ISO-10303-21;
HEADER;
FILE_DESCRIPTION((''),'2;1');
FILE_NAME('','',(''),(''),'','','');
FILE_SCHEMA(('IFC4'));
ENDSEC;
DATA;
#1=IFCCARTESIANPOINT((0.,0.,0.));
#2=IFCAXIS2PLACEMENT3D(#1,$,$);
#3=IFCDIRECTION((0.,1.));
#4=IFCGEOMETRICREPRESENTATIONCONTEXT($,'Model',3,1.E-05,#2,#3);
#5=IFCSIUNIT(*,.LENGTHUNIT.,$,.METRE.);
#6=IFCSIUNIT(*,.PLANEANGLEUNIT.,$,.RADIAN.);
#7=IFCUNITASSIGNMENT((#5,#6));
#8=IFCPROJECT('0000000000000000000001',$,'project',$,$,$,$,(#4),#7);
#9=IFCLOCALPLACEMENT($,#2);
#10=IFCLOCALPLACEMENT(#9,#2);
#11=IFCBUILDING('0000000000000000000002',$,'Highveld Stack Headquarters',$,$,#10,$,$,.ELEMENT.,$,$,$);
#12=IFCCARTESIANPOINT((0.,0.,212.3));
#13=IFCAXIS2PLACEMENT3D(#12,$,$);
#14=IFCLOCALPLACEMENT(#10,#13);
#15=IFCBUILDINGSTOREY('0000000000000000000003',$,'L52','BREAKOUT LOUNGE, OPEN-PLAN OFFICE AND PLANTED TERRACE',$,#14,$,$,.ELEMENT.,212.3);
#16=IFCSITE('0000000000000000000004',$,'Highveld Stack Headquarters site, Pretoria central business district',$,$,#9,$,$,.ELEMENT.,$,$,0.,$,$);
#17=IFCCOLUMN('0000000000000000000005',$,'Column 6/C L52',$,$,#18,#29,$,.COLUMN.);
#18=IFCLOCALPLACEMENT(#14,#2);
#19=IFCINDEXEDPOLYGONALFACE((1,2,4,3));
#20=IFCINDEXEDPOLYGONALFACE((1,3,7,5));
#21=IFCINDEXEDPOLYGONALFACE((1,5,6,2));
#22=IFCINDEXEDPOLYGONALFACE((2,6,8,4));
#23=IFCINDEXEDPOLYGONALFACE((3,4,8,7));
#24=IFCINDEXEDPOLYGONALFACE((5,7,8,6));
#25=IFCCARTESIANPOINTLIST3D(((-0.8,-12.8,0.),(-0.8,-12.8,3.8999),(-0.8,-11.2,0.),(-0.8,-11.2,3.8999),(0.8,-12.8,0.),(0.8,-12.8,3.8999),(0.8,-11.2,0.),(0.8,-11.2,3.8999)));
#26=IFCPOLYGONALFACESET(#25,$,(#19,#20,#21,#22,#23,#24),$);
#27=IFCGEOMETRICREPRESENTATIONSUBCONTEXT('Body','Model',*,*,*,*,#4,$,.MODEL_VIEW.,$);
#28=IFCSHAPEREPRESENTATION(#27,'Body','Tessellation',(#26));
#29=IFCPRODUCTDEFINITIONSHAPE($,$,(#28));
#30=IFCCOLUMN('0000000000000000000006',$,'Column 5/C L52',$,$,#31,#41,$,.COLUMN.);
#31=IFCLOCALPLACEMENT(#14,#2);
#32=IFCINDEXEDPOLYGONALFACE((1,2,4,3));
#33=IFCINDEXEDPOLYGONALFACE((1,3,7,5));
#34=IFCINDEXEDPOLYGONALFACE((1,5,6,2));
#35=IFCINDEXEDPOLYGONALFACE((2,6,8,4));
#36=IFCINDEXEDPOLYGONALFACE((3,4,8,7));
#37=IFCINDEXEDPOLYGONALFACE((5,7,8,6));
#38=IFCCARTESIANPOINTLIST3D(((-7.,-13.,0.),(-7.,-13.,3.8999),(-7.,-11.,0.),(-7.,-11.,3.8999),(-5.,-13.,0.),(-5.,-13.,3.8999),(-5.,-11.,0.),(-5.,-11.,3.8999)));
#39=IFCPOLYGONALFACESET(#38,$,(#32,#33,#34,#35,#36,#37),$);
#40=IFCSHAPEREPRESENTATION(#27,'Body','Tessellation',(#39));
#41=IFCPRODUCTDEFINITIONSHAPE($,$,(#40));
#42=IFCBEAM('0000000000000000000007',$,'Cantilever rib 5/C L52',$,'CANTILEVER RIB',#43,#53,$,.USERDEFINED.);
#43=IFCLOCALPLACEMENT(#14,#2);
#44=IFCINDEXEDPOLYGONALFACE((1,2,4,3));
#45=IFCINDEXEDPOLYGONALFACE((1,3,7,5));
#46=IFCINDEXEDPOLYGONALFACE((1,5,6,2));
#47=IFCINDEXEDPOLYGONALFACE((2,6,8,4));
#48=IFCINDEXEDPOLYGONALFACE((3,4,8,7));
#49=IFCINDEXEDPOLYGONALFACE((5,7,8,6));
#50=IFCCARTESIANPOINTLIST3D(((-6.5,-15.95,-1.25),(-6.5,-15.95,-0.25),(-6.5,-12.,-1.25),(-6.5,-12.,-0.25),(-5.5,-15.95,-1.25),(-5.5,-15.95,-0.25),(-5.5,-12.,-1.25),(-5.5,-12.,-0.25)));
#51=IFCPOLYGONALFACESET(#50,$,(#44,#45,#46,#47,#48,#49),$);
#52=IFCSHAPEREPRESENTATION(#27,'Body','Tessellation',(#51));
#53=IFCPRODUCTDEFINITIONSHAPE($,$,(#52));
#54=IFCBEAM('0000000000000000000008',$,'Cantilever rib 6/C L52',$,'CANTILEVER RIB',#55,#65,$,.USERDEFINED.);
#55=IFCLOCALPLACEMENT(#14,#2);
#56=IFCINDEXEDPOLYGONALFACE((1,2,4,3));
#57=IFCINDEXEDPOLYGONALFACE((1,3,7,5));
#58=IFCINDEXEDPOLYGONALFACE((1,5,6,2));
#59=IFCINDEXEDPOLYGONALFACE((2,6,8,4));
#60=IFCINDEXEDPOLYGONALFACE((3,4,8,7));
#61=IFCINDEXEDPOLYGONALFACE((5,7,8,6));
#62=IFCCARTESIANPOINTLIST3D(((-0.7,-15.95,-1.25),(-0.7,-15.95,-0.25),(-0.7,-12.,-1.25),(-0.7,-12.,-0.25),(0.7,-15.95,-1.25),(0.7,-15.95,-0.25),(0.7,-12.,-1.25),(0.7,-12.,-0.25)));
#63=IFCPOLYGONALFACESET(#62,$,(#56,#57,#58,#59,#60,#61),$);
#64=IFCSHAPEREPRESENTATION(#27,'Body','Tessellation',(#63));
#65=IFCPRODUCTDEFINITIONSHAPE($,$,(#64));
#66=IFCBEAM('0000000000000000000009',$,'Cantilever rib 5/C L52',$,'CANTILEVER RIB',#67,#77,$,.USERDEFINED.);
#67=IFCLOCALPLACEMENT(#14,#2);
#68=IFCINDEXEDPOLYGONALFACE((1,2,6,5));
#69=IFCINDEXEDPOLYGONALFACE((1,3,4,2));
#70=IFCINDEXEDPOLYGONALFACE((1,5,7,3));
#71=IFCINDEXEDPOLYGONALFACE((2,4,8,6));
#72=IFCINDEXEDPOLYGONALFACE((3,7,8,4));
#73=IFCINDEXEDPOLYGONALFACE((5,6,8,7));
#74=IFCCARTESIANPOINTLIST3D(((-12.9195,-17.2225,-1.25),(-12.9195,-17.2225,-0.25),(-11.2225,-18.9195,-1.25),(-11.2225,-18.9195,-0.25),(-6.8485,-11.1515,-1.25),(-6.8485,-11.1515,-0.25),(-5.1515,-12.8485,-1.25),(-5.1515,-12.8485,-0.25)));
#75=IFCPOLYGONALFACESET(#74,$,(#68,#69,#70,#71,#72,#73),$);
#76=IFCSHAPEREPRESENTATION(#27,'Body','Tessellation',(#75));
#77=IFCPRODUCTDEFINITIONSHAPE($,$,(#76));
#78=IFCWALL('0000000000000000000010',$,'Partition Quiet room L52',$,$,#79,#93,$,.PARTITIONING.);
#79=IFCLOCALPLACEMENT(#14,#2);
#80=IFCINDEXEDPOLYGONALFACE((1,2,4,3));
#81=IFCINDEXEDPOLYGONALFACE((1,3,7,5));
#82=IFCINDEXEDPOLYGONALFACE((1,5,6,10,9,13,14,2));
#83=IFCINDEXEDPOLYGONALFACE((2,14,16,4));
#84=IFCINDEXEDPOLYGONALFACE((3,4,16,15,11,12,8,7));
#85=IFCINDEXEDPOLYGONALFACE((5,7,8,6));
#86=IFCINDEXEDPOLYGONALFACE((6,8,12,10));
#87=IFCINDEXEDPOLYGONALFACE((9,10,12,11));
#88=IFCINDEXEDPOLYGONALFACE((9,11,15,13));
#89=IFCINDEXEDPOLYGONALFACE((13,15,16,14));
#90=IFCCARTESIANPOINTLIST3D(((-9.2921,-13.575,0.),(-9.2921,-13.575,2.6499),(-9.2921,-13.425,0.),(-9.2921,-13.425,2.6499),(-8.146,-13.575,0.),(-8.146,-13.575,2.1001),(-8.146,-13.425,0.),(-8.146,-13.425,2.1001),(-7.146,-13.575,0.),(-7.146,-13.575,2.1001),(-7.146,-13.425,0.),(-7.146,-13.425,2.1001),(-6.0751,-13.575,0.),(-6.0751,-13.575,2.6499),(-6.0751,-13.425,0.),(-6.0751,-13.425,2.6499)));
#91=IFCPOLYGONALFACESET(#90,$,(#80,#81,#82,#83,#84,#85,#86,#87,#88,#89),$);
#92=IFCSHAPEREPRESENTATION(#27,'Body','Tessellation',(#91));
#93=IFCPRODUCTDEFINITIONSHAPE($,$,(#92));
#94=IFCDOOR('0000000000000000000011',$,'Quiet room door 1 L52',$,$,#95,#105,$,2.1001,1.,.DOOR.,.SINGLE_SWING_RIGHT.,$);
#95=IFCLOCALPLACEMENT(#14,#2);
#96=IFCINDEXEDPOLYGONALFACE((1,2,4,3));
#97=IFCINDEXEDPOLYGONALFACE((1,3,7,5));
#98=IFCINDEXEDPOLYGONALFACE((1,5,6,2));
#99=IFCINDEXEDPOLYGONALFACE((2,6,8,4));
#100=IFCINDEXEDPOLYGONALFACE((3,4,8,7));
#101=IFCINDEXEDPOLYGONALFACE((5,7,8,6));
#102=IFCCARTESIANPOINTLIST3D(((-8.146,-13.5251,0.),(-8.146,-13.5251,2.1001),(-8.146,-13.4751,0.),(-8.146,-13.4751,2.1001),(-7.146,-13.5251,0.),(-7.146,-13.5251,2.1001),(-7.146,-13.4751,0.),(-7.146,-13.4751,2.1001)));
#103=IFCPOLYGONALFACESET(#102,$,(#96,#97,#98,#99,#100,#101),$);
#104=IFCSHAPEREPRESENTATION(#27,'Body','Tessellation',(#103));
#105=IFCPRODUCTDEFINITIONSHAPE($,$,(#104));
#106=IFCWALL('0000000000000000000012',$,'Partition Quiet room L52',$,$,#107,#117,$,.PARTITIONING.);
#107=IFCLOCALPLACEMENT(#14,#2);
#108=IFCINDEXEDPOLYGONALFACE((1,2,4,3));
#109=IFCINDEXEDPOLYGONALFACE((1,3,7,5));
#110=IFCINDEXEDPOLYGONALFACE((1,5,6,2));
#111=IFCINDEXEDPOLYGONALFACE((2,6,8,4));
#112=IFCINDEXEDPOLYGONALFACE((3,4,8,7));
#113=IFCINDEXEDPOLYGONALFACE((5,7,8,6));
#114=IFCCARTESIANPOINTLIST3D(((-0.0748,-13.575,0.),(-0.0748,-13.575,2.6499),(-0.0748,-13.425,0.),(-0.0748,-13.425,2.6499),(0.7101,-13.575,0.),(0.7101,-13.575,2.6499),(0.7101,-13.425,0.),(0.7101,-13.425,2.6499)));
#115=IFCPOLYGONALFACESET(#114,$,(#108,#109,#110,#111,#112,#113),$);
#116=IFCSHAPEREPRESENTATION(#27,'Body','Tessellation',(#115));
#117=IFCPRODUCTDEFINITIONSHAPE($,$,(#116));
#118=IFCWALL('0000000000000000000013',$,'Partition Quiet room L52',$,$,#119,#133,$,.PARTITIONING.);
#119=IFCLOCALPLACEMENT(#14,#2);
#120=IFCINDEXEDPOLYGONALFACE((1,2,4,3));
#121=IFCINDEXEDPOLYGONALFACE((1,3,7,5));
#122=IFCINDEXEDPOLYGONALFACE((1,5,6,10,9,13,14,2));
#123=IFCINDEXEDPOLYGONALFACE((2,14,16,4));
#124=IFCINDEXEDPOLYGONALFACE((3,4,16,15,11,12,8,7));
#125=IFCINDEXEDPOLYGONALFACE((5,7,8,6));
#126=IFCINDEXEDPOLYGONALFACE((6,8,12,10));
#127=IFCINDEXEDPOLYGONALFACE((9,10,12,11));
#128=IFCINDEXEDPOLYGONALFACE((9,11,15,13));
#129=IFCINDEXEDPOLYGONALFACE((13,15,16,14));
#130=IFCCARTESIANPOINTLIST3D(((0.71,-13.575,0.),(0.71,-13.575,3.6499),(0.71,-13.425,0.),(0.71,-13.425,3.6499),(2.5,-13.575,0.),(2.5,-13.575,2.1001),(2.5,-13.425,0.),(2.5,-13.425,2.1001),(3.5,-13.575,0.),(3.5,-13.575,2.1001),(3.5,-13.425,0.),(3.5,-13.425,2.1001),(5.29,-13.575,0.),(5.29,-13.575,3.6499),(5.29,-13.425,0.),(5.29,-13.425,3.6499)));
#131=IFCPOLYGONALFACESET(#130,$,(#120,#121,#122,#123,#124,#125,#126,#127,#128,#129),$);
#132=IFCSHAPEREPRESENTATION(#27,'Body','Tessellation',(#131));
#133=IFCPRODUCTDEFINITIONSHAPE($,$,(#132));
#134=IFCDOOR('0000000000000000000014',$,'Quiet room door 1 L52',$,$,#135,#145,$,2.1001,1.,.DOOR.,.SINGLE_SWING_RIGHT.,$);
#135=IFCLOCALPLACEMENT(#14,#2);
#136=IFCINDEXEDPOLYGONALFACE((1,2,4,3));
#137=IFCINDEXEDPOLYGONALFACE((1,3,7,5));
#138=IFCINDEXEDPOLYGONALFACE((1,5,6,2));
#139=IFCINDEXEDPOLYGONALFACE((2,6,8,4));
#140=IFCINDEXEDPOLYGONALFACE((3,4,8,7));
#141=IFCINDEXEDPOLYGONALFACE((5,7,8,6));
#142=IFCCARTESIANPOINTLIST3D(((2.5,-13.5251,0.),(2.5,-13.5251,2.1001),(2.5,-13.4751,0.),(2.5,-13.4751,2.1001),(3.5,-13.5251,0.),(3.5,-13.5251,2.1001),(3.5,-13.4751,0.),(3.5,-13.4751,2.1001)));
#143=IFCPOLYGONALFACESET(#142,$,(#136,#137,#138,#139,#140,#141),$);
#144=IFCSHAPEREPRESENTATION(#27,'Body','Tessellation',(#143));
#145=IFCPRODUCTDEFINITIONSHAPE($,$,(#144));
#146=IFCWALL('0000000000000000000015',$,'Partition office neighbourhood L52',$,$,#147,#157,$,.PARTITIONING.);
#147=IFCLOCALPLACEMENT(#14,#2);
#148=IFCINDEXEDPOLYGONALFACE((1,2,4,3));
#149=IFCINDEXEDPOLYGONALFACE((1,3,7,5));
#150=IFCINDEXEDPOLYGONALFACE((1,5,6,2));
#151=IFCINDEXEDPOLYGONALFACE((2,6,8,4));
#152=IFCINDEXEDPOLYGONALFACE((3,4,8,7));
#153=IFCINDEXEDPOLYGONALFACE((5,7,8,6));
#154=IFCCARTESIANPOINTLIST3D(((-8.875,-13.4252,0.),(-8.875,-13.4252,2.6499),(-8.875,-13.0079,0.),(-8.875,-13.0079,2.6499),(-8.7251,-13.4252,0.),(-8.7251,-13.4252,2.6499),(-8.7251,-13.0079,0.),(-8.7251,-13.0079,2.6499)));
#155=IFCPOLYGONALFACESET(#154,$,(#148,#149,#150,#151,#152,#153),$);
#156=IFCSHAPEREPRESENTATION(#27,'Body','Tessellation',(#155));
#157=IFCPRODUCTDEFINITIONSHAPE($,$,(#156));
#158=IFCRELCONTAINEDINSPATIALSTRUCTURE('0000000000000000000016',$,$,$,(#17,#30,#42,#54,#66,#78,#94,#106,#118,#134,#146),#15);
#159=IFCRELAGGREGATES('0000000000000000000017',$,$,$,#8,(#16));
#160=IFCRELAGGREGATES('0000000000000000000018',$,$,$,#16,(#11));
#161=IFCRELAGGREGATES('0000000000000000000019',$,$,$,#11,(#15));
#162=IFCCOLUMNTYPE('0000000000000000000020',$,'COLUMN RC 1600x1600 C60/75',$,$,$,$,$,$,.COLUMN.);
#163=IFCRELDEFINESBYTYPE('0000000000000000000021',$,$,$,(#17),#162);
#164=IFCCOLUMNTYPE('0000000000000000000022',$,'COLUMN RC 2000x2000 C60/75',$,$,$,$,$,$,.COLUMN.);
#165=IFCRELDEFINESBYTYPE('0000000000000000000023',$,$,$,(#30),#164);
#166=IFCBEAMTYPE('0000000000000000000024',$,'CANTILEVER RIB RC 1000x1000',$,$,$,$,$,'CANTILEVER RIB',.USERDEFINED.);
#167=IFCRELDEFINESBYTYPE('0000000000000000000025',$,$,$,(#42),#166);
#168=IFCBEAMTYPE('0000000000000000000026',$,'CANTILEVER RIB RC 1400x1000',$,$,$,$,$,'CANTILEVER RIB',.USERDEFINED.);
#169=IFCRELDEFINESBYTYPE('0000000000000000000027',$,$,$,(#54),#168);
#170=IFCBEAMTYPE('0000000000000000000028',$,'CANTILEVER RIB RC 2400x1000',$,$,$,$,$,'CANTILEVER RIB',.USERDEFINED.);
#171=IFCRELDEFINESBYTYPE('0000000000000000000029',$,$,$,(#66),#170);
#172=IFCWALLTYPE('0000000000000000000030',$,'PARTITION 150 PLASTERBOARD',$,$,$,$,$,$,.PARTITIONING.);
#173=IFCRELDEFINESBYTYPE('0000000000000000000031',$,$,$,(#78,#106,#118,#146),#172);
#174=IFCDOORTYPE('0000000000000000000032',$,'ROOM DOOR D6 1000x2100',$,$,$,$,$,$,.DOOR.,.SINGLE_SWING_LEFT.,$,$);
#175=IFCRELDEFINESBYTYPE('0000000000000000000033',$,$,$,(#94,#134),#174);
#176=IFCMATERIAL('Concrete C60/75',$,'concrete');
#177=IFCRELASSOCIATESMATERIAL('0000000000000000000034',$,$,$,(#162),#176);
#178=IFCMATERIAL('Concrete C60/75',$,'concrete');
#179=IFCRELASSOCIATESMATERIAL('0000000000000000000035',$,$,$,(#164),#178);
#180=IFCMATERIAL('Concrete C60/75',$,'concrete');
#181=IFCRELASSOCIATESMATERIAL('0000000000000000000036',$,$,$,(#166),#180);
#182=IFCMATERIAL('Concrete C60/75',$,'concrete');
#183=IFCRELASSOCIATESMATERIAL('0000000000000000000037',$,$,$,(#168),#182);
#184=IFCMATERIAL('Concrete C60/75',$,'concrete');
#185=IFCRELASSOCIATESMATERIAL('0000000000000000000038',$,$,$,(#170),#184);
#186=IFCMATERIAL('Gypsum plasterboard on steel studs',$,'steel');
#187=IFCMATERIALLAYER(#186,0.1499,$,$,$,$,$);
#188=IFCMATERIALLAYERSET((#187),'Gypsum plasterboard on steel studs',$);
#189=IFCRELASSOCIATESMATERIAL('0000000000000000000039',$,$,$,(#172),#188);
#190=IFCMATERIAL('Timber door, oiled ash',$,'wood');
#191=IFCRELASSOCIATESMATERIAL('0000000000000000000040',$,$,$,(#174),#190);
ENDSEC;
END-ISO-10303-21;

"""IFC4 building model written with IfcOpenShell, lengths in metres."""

from ifc_helpers import new_model, si_unit, direction, frame, frame_2d, origin, origin_2d, place, context, subcontext, project, spatial, rectangle, extrude, material, layer, layer_set, material_profile, profile_set, type_object, element, fill, save


model = new_model("IFC4")

# Units and contexts
model_context = context("Model", 3, precision=1e-05, world=origin(), true_north=direction((0.0, 1.0)))
body_context = subcontext(model_context, "Body", "Model", "MODEL_VIEW")
ifc_project = project(units=[si_unit("LENGTHUNIT", "METRE"), si_unit("PLANEANGLEUNIT", "RADIAN")], contexts=[model_context])

# Site, building, storey
site_placement = place(None, origin())
site = spatial("IfcSite", under=ifc_project, at=site_placement, Name="Highveld Stack Headquarters site, Pretoria central business district", CompositionType="ELEMENT", RefElevation=0.0)
building_placement = place(site_placement, origin())
building = spatial("IfcBuilding", under=site, at=building_placement, Name="Highveld Stack Headquarters", CompositionType="ELEMENT")
storey_placement = place(building_placement, frame((0.0, 0.0, 212.3)))
storey = spatial("IfcBuildingStorey", under=building, at=storey_placement, Name="L52", Description="BREAKOUT LOUNGE, OPEN-PLAN OFFICE AND PLANTED TERRACE", CompositionType="ELEMENT", Elevation=212.3)

# Columns
ifc_material_1 = material(Name="Concrete C60/75", Category="concrete")
ifc_material_profile_1 = material_profile(ifc_material_1, rectangle(XDim=1.6001, YDim=1.6001, at=origin_2d()), Name="RC 1600x1600")
ifc_profile_set_1 = profile_set([ifc_material_profile_1], Name="Concrete C60/75")
column_type_1 = type_object("IfcColumnType", Name="COLUMN RC 1600x1600 C60/75", PredefinedType="COLUMN", material=ifc_profile_set_1)
column_1_placement = place(storey_placement, frame((0.0, -12.0, 0.0), z_axis=(0.0, 0.0, 1.0), x_axis=(1.0, 0.0, 0.0)))
element("IfcColumn", 1, at=column_1_placement, inside=storey, type_object=column_type_1, Name="Column 6/C L52", PredefinedType="COLUMN", context=body_context, shape_type="SweptSolid", body=[
    extrude(rectangle(XDim=1.6001, YDim=1.6001, at=origin_2d()), origin(), (0.0, 0.0, 1.0), 3.8999),
])
ifc_material_2 = material(Name="Concrete C60/75", Category="concrete")
ifc_material_profile_2 = material_profile(ifc_material_2, rectangle(XDim=2.0, YDim=2.0, at=origin_2d()), Name="RC 2000x2000")
ifc_profile_set_2 = profile_set([ifc_material_profile_2], Name="Concrete C60/75")
column_type_2 = type_object("IfcColumnType", Name="COLUMN RC 2000x2000 C60/75", PredefinedType="COLUMN", material=ifc_profile_set_2)
column_2_placement = place(storey_placement, frame((-6.0, -12.0, 0.0), z_axis=(0.0, 0.0, 1.0), x_axis=(1.0, 0.0, 0.0)))
element("IfcColumn", 2, at=column_2_placement, inside=storey, type_object=column_type_2, Name="Column 5/C L52", PredefinedType="COLUMN", context=body_context, shape_type="SweptSolid", body=[
    extrude(rectangle(XDim=2.0, YDim=2.0, at=origin_2d()), origin(), (0.0, 0.0, 1.0), 3.8999),
])

# Beams
ifc_material_3 = material(Name="Concrete C60/75", Category="concrete")
ifc_material_profile_3 = material_profile(ifc_material_3, rectangle(XDim=1.0, YDim=1.0, at=origin_2d()), Name="RC 1000x1000")
ifc_profile_set_3 = profile_set([ifc_material_profile_3], Name="Concrete C60/75")
beam_type_1 = type_object("IfcBeamType", Name="CANTILEVER RIB RC 1000x1000", ElementType="CANTILEVER RIB", PredefinedType="USERDEFINED", material=ifc_profile_set_3)
beam_1_placement = place(storey_placement, frame((-6.0, -12.0, -0.75), z_axis=(0.0, -1.0, 0.0), x_axis=(1.0, 0.0, 0.0)))
element("IfcBeam", 3, at=beam_1_placement, inside=storey, type_object=beam_type_1, Name="Cantilever rib 5/C L52", ObjectType="CANTILEVER RIB", PredefinedType="USERDEFINED", context=body_context, shape_type="SweptSolid", body=[
    extrude(rectangle(XDim=1.0, YDim=1.0, at=origin_2d()), origin(), (0.0, 0.0, 1.0), 3.95),
])
ifc_material_4 = material(Name="Concrete C60/75", Category="concrete")
ifc_material_profile_4 = material_profile(ifc_material_4, rectangle(XDim=1.3999, YDim=1.0, at=origin_2d()), Name="RC 1400x1000")
ifc_profile_set_4 = profile_set([ifc_material_profile_4], Name="Concrete C60/75")
beam_type_2 = type_object("IfcBeamType", Name="CANTILEVER RIB RC 1400x1000", ElementType="CANTILEVER RIB", PredefinedType="USERDEFINED", material=ifc_profile_set_4)
beam_2_placement = place(storey_placement, frame((0.0, -12.0, -0.75), z_axis=(0.0, -1.0, 0.0), x_axis=(1.0, 0.0, 0.0)))
element("IfcBeam", 4, at=beam_2_placement, inside=storey, type_object=beam_type_2, Name="Cantilever rib 6/C L52", ObjectType="CANTILEVER RIB", PredefinedType="USERDEFINED", context=body_context, shape_type="SweptSolid", body=[
    extrude(rectangle(XDim=1.3999, YDim=1.0, at=origin_2d()), origin(), (0.0, 0.0, 1.0), 3.95),
])
ifc_material_5 = material(Name="Concrete C60/75", Category="concrete")
ifc_material_profile_5 = material_profile(ifc_material_5, rectangle(XDim=2.3999, YDim=1.0, at=origin_2d()), Name="RC 2400x1000")
ifc_profile_set_5 = profile_set([ifc_material_profile_5], Name="Concrete C60/75")
beam_type_3 = type_object("IfcBeamType", Name="CANTILEVER RIB RC 2400x1000", ElementType="CANTILEVER RIB", PredefinedType="USERDEFINED", material=ifc_profile_set_5)
beam_3_placement = place(storey_placement, frame((-6.0, -12.0, -0.75), z_axis=(-0.707107, -0.707107, 0.0), x_axis=(0.707107, -0.707107, 0.0)))
element("IfcBeam", 5, at=beam_3_placement, inside=storey, type_object=beam_type_3, Name="Cantilever rib 5/C L52", ObjectType="CANTILEVER RIB", PredefinedType="USERDEFINED", context=body_context, shape_type="SweptSolid", body=[
    extrude(rectangle(XDim=2.3999, YDim=1.0, at=origin_2d()), origin(), (0.0, 0.0, 1.0), 8.5857),
])

# Wall, opening, door
ifc_material_6 = material(Name="Gypsum plasterboard on steel studs", Category="steel")
ifc_layer = layer(ifc_material_6, 0.1499)
ifc_layer_set = layer_set([ifc_layer], Name="Gypsum plasterboard on steel studs")
wall_type = type_object("IfcWallType", Name="PARTITION 150 PLASTERBOARD", PredefinedType="PARTITIONING", material=ifc_layer_set)
wall_1_placement = place(storey_placement, frame((-9.292, -13.5, 0.0), z_axis=(0.0, 0.0, 1.0), x_axis=(1.0, 0.0, 0.0)))
wall_1 = element("IfcWall", 6, at=wall_1_placement, inside=storey, type_object=wall_type, Name="Partition Quiet room L52", PredefinedType="PARTITIONING", context=body_context, shape_type="SweptSolid", body=[
    extrude(rectangle(XDim=3.217, YDim=0.1499, at=frame_2d((1.6084, 0.0))), origin(), (0.0, 0.0, 1.0), 2.6499),
])
opening_1_placement = place(wall_1_placement, frame((1.146, 0.0, 0.0)))
opening_1 = element("IfcOpeningElement", 7, at=opening_1_placement, cuts=wall_1, PredefinedType="OPENING", context=body_context, shape_type="SweptSolid", body=[
    extrude(rectangle(XDim=1.0, YDim=2.1001, at=frame_2d((0.5, 1.05))), frame((0.0, 0.085, 0.0), z_axis=(0.0, -1.0, 0.0), x_axis=(1.0, 0.0, 0.0)), (0.0, 0.0, 1.0), 0.1699),
])
ifc_material_7 = material(Name="Timber door, oiled ash", Category="wood")
door_type = type_object("IfcDoorType", Name="ROOM DOOR D6 1000x2100", OperationType="SINGLE_SWING_LEFT", PredefinedType="DOOR", material=ifc_material_7)
door_1_placement = place(opening_1_placement, origin())
door_1 = element("IfcDoor", 8, at=door_1_placement, inside=storey, type_object=door_type, Name="Quiet room door 1 L52", OperationType="SINGLE_SWING_RIGHT", OverallHeight=2.1001, OverallWidth=1.0, PredefinedType="DOOR", context=body_context, shape_type="SweptSolid", body=[
    extrude(rectangle(XDim=1.0, YDim=2.1001, at=frame_2d((0.5, 1.05))), frame((0.0, 0.0249, 0.0), z_axis=(0.0, -1.0, 0.0), x_axis=(1.0, 0.0, 0.0)), (0.0, 0.0, 1.0), 0.05),
])
fill(opening_1, door_1)

# Wall
wall_2_placement = place(storey_placement, frame((-0.075, -13.5, 0.0), z_axis=(0.0, 0.0, 1.0), x_axis=(1.0, 0.0, 0.0)))
element("IfcWall", 9, at=wall_2_placement, inside=storey, type_object=wall_type, Name="Partition Quiet room L52", PredefinedType="PARTITIONING", context=body_context, shape_type="SweptSolid", body=[
    extrude(rectangle(XDim=0.7849, YDim=0.1499, at=frame_2d((0.3926, 0.0))), origin(), (0.0, 0.0, 1.0), 2.6499),
])

# Wall, opening, door
wall_3_placement = place(storey_placement, frame((0.71, -13.5, 0.0), z_axis=(0.0, 0.0, 1.0), x_axis=(1.0, 0.0, 0.0)))
wall_3 = element("IfcWall", 10, at=wall_3_placement, inside=storey, type_object=wall_type, Name="Partition Quiet room L52", PredefinedType="PARTITIONING", context=body_context, shape_type="SweptSolid", body=[
    extrude(rectangle(XDim=4.5801, YDim=0.1499, at=frame_2d((2.29, 0.0))), origin(), (0.0, 0.0, 1.0), 3.6499),
])
opening_2_placement = place(wall_3_placement, frame((1.79, 0.0, 0.0)))
opening_2 = element("IfcOpeningElement", 11, at=opening_2_placement, cuts=wall_3, PredefinedType="OPENING", context=body_context, shape_type="SweptSolid", body=[
    extrude(rectangle(XDim=1.0, YDim=2.1001, at=frame_2d((0.5, 1.05))), frame((0.0, 0.085, 0.0), z_axis=(0.0, -1.0, 0.0), x_axis=(1.0, 0.0, 0.0)), (0.0, 0.0, 1.0), 0.1699),
])
door_2_placement = place(opening_2_placement, origin())
door_2 = element("IfcDoor", 12, at=door_2_placement, inside=storey, type_object=door_type, Name="Quiet room door 1 L52", OperationType="SINGLE_SWING_RIGHT", OverallHeight=2.1001, OverallWidth=1.0, PredefinedType="DOOR", context=body_context, shape_type="SweptSolid", body=[
    extrude(rectangle(XDim=1.0, YDim=2.1001, at=frame_2d((0.5, 1.05))), frame((0.0, 0.0249, 0.0), z_axis=(0.0, -1.0, 0.0), x_axis=(1.0, 0.0, 0.0)), (0.0, 0.0, 1.0), 0.05),
])
fill(opening_2, door_2)

# Wall
wall_4_placement = place(storey_placement, frame((-8.8, -13.425, 0.0), z_axis=(0.0, 0.0, 1.0), x_axis=(0.0, 1.0, 0.0)))
element("IfcWall", 13, at=wall_4_placement, inside=storey, type_object=wall_type, Name="Partition office neighbourhood L52", PredefinedType="PARTITIONING", context=body_context, shape_type="SweptSolid", body=[
    extrude(rectangle(XDim=0.4172, YDim=0.1499, at=frame_2d((0.2085, 0.0))), origin(), (0.0, 0.0, 1.0), 2.6499),
])

save(model, "model.ifc")
